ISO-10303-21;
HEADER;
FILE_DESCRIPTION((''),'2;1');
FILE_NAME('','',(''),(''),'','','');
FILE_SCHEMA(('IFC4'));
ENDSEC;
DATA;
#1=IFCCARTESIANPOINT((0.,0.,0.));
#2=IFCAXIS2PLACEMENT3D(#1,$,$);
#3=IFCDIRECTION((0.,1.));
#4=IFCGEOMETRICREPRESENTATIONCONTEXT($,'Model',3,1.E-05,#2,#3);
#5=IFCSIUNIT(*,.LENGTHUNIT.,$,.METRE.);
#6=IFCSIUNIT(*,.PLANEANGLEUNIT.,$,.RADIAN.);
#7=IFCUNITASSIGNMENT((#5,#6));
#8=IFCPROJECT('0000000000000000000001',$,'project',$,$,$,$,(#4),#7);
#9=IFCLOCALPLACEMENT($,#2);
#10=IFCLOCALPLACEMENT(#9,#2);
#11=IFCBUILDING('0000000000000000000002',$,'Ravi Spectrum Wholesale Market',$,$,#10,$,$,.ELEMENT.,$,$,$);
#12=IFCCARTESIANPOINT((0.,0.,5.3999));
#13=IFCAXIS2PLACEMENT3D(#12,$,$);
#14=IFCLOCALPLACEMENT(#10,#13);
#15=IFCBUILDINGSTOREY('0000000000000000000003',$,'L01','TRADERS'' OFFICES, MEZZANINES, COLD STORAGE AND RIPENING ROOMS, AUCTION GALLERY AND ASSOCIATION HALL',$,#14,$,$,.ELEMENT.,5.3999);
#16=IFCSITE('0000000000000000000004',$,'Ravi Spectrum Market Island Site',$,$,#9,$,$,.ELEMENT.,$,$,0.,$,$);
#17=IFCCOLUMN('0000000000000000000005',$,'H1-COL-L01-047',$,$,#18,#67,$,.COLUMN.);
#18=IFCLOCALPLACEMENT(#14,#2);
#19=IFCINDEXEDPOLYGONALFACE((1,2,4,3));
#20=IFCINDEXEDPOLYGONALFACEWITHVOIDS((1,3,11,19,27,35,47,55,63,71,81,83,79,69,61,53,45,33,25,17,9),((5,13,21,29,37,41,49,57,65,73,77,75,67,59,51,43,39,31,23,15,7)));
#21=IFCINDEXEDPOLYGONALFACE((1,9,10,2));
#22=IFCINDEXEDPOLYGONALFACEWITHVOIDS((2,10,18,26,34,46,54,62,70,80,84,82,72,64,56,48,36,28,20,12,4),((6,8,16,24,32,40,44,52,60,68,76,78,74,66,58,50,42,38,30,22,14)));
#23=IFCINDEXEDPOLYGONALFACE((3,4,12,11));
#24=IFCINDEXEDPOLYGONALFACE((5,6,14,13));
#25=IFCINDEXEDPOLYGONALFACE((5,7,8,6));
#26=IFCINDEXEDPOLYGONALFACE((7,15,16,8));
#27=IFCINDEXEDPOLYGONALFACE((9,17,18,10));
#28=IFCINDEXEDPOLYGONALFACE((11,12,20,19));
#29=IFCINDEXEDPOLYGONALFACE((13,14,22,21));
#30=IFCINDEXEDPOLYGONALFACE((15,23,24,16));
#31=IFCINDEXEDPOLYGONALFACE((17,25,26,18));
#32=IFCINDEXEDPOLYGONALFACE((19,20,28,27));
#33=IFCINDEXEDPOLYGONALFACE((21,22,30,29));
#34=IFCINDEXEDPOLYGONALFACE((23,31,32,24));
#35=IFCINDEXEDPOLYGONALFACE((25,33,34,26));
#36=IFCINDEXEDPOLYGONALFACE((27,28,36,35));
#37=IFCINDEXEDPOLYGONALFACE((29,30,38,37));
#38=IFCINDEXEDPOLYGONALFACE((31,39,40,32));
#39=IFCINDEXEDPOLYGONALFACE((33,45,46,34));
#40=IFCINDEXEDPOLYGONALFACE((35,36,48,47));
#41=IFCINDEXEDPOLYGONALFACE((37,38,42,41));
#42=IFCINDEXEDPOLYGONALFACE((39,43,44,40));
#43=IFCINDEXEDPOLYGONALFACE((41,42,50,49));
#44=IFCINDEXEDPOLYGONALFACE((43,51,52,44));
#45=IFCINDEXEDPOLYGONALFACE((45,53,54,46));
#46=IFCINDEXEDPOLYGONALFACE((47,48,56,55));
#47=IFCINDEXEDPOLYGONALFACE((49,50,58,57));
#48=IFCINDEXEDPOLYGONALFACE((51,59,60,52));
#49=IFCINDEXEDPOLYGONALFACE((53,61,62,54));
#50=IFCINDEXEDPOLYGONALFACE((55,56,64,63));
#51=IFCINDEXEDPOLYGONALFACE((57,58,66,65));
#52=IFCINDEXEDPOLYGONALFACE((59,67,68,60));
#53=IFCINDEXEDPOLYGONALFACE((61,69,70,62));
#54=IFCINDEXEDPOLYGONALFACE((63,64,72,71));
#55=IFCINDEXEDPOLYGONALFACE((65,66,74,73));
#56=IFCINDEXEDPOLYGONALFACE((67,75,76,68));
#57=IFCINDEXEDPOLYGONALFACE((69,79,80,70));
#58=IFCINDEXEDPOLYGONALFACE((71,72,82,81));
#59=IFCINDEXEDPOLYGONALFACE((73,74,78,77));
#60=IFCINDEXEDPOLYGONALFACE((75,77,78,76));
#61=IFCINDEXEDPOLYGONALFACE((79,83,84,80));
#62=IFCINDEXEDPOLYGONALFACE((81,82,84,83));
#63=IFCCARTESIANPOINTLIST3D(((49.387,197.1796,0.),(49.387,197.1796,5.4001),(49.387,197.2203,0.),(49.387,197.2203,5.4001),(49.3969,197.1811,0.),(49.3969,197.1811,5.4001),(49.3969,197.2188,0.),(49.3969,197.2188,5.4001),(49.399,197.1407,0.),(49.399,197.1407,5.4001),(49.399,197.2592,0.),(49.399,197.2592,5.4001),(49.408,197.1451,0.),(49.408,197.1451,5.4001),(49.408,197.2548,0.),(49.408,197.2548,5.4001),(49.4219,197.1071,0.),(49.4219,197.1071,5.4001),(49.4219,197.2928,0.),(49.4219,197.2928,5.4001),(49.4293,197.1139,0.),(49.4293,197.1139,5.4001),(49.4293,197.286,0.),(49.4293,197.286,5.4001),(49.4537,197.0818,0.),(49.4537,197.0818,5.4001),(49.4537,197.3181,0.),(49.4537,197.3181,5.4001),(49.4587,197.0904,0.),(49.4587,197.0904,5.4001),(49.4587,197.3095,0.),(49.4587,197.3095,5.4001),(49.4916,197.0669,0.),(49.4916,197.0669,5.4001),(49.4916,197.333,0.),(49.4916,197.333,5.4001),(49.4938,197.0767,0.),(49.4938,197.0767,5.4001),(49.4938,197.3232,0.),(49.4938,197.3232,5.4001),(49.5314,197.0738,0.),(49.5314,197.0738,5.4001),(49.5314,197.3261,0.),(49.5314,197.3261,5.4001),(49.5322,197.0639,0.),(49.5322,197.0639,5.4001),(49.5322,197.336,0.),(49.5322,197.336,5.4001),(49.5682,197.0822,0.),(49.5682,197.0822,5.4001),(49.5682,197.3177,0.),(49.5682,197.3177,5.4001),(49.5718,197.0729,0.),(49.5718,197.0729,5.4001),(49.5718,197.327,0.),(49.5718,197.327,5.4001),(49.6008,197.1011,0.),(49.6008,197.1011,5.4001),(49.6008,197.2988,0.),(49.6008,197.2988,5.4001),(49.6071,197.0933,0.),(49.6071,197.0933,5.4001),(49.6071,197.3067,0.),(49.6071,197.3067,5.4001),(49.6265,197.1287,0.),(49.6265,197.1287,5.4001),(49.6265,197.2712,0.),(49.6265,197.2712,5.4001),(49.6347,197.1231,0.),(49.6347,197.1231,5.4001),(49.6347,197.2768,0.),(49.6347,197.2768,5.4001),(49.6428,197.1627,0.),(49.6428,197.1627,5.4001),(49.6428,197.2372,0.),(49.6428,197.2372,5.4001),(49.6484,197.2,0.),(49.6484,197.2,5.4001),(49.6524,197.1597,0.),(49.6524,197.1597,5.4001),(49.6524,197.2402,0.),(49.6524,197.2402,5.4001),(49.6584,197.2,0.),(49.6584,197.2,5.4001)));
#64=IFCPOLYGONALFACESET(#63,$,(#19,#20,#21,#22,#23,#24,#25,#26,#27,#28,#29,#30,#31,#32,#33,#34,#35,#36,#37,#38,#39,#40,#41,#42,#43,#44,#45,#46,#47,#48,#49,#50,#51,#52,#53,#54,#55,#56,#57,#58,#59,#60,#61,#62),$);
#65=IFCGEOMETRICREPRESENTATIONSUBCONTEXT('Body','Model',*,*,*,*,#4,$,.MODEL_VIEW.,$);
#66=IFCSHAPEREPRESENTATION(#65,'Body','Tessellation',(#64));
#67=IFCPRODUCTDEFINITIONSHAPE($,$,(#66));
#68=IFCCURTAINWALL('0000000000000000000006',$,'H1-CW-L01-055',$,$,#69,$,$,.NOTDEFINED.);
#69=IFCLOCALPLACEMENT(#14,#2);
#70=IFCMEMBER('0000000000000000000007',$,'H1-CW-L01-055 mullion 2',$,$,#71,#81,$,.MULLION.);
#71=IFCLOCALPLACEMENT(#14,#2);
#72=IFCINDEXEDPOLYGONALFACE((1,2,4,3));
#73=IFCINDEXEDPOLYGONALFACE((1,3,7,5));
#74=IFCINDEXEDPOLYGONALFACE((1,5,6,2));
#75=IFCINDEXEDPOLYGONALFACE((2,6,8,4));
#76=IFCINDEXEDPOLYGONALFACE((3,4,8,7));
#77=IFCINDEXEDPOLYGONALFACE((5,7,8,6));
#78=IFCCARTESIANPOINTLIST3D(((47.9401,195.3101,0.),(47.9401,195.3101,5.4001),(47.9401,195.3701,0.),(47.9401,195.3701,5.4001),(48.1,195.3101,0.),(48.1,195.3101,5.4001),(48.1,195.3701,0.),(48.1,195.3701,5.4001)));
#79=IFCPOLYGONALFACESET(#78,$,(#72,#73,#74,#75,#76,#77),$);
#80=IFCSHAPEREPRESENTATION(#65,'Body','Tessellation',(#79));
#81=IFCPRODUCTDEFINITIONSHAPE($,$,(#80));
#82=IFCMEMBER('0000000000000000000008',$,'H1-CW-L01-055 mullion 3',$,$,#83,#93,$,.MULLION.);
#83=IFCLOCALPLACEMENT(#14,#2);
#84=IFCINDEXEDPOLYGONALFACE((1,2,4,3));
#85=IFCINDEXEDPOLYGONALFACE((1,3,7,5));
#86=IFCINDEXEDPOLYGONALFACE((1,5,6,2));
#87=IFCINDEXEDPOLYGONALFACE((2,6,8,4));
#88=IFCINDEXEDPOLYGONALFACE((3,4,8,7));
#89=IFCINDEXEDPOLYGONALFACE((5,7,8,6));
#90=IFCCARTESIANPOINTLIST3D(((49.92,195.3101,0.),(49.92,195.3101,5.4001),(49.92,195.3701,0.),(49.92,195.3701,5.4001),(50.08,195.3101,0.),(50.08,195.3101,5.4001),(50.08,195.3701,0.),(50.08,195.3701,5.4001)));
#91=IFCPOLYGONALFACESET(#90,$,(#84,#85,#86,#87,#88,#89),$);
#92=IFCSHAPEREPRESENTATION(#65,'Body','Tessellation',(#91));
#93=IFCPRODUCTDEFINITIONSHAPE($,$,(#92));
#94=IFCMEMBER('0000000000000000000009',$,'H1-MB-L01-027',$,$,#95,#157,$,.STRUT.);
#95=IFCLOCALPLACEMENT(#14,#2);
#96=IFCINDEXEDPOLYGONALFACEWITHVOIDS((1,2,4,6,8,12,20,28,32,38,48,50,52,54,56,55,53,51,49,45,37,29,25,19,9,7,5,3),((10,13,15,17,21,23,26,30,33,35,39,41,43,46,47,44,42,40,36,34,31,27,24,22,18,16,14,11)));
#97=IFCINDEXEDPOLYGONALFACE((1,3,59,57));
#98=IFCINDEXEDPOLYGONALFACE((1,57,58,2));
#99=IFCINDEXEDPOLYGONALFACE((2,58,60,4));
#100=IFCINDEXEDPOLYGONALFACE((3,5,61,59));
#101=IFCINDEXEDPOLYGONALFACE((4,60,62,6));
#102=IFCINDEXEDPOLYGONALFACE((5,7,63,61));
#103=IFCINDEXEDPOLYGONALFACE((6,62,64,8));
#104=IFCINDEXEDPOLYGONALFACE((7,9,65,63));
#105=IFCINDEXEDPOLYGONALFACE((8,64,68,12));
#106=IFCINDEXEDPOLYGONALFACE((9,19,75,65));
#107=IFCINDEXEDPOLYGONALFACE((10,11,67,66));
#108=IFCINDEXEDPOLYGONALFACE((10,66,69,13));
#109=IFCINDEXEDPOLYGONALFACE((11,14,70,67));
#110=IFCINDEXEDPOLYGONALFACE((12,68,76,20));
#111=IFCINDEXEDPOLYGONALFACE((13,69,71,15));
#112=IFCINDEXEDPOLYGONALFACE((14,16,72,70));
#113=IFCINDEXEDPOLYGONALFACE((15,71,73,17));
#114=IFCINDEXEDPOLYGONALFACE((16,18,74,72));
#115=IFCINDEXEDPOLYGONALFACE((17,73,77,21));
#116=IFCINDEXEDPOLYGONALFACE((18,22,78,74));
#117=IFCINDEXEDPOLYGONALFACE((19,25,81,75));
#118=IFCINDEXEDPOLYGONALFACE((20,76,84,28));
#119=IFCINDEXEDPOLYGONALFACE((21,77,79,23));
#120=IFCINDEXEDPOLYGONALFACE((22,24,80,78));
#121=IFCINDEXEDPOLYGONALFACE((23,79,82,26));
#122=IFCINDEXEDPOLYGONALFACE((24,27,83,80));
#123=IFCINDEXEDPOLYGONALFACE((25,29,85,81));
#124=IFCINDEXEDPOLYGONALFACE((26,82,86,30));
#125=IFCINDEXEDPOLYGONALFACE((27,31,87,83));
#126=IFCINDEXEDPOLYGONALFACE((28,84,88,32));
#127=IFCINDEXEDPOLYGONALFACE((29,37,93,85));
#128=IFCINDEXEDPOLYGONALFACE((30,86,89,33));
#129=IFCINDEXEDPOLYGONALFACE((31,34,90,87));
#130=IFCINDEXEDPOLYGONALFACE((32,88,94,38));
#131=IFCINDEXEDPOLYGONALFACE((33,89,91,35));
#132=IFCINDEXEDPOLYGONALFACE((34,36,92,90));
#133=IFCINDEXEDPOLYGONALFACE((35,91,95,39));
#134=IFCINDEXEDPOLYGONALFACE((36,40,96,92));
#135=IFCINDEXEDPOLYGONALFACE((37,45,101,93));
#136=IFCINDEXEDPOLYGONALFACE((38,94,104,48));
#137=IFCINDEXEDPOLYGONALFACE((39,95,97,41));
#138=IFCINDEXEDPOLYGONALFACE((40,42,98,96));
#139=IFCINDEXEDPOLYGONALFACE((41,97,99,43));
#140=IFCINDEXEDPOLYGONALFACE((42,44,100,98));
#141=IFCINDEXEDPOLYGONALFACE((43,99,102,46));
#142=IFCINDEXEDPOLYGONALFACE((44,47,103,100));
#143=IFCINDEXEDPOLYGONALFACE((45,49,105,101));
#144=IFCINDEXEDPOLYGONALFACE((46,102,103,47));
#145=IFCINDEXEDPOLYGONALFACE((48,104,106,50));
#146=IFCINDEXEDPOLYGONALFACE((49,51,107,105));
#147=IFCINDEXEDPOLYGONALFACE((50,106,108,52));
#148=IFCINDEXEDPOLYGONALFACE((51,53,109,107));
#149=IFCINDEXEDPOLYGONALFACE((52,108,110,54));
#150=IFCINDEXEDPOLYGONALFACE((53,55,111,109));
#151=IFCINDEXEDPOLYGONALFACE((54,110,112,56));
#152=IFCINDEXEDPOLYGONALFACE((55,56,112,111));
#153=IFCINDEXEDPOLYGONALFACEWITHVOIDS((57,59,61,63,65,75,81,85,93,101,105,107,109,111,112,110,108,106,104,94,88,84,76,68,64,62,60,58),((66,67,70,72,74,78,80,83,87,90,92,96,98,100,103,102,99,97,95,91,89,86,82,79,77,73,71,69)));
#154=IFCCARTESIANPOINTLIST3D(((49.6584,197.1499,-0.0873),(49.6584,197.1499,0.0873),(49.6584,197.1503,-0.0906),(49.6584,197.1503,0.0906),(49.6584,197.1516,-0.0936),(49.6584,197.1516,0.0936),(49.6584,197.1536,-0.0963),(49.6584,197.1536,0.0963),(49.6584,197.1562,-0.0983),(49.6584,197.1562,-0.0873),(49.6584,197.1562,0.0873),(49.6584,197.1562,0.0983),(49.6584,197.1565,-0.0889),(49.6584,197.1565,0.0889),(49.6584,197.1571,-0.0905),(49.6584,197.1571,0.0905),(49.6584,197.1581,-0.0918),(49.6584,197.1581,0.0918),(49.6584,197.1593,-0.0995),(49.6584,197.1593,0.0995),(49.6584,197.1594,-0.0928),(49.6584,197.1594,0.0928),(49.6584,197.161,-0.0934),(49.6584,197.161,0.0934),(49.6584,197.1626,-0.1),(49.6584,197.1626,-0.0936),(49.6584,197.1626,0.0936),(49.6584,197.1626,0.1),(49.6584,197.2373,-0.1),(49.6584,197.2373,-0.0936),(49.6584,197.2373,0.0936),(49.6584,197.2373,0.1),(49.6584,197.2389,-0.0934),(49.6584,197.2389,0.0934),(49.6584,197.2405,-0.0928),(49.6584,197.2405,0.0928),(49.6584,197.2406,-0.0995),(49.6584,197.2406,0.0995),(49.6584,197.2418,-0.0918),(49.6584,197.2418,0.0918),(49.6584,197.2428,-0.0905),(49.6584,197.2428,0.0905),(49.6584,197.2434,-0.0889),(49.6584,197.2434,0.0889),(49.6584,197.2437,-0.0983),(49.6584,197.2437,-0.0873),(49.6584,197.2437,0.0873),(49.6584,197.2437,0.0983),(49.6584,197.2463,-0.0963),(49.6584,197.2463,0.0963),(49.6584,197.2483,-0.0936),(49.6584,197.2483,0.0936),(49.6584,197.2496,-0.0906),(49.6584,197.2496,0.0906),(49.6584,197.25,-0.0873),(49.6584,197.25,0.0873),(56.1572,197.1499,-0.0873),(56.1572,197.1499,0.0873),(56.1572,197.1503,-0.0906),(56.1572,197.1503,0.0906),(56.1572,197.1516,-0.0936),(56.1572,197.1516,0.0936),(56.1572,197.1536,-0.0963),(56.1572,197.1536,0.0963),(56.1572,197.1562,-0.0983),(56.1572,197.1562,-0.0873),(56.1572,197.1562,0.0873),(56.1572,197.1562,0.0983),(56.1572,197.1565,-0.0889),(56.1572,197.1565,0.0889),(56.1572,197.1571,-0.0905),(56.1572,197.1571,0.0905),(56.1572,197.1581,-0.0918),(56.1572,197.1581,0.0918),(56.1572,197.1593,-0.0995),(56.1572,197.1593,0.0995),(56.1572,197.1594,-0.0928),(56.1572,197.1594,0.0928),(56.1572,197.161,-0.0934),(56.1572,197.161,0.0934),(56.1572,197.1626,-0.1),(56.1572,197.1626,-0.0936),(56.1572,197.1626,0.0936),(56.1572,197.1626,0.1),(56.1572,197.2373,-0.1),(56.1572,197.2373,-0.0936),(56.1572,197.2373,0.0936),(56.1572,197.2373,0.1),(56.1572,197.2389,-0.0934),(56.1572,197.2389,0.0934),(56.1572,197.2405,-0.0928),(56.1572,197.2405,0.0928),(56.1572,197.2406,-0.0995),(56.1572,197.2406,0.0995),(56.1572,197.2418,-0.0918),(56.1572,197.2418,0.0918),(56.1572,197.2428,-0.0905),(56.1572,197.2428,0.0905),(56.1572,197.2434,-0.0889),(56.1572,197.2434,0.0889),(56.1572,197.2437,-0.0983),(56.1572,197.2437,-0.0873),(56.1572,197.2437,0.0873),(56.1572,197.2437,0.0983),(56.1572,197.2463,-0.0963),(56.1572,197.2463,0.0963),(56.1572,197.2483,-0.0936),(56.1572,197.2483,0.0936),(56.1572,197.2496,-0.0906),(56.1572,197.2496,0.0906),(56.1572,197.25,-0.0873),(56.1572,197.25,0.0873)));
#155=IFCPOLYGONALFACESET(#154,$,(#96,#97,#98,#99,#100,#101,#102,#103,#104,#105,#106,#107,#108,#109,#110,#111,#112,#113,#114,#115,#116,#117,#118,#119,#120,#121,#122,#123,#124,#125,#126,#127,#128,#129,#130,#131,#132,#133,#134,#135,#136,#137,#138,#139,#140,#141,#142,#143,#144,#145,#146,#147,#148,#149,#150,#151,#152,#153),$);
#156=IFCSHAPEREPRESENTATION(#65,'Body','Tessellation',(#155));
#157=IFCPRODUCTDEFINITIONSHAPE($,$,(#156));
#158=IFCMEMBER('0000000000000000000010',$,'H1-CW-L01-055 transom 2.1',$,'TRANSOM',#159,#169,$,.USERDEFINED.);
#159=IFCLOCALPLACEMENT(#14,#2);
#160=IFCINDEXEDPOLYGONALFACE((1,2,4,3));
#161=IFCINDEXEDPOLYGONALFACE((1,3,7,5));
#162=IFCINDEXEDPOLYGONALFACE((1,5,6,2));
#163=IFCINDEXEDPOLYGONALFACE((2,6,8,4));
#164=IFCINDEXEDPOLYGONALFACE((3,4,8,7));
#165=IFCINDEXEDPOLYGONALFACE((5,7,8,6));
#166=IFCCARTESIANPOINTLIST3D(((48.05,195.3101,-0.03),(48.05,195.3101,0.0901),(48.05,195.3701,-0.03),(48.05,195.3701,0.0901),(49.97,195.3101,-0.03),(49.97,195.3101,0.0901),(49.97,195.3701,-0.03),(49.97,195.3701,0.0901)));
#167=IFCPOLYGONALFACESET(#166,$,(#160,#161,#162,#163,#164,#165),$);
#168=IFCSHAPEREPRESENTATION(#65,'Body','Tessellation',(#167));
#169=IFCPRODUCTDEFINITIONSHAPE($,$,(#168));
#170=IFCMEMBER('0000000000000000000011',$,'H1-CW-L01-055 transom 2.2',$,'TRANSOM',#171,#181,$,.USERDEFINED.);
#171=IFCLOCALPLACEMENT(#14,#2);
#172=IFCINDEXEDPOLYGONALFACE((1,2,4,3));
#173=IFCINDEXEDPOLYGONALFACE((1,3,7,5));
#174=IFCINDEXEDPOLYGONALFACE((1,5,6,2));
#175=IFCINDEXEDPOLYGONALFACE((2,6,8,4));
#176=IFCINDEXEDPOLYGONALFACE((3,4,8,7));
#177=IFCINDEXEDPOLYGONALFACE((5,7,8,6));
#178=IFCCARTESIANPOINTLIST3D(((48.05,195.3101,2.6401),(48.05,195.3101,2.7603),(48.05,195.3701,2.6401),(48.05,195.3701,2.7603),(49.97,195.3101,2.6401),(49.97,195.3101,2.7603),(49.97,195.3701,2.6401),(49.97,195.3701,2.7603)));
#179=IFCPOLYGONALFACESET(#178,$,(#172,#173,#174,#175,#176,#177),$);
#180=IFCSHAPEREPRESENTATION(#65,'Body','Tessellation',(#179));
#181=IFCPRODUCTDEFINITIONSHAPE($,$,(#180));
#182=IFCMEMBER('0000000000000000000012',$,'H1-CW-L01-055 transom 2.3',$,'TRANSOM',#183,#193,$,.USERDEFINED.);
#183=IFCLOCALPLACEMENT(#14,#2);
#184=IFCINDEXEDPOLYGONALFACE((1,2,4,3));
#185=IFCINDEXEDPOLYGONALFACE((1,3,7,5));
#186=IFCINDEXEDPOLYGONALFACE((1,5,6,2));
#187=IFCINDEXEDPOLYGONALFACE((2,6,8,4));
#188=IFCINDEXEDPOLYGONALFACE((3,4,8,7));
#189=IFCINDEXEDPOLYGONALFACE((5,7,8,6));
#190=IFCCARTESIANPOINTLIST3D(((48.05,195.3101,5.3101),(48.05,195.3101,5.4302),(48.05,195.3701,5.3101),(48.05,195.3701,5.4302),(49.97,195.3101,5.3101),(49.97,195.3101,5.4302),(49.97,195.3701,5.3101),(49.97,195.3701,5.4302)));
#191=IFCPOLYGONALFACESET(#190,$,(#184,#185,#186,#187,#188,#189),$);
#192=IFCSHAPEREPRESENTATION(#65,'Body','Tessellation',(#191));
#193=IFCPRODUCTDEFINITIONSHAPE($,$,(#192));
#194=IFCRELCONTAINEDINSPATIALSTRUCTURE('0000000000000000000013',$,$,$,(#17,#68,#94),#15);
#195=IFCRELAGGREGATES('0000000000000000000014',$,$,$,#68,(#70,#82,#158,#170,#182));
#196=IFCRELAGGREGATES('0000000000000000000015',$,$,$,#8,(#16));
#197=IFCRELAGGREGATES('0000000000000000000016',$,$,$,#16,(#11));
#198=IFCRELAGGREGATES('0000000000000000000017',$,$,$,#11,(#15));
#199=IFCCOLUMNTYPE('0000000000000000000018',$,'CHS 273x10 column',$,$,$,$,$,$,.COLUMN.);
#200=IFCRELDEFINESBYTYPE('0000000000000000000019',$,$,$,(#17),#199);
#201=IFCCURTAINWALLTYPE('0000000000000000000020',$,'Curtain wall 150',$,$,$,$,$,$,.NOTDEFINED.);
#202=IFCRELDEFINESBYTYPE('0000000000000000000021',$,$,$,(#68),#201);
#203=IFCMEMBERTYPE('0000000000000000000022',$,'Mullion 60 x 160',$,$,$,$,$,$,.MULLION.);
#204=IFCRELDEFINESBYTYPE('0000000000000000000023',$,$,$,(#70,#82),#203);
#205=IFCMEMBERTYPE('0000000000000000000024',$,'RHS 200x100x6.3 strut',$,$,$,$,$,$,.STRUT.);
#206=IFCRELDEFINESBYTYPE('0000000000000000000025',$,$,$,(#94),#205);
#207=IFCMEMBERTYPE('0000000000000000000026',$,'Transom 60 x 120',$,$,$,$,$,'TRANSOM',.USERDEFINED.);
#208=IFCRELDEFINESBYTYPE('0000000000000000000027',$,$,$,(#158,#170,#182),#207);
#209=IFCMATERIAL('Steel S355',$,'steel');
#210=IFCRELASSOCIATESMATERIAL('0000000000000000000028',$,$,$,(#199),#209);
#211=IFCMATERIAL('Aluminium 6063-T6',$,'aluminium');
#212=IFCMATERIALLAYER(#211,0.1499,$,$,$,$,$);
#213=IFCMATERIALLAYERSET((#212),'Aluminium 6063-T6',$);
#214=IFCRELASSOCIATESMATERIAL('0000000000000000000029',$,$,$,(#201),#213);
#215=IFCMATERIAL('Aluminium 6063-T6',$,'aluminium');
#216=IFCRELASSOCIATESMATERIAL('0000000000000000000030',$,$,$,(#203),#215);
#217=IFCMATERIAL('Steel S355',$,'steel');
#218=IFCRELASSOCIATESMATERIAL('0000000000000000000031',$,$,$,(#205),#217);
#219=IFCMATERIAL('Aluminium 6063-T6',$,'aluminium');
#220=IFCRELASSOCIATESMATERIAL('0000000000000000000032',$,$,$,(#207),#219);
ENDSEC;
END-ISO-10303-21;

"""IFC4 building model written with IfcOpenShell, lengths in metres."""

from ifc_helpers import new_model, si_unit, direction, frame, origin, origin_2d, place, context, subcontext, project, spatial, rectangle, hollow_rectangle, hollow_circle, extrude, material, layer, layer_set, material_profile, profile_set, type_object, element, aggregate, save


model = new_model("IFC4")

# Units and contexts
model_context = context("Model", 3, precision=1e-05, world=origin(), true_north=direction((0.0, 1.0)))
body_context = subcontext(model_context, "Body", "Model", "MODEL_VIEW")
ifc_project = project(units=[si_unit("LENGTHUNIT", "METRE"), si_unit("PLANEANGLEUNIT", "RADIAN")], contexts=[model_context])

# Site, building, storey
site_placement = place(None, origin())
site = spatial("IfcSite", under=ifc_project, at=site_placement, Name="Ravi Spectrum Market Island Site", CompositionType="ELEMENT", RefElevation=0.0)
building_placement = place(site_placement, origin())
building = spatial("IfcBuilding", under=site, at=building_placement, Name="Ravi Spectrum Wholesale Market", CompositionType="ELEMENT")
storey_placement = place(building_placement, frame((0.0, 0.0, 5.3999)))
storey = spatial("IfcBuildingStorey", under=building, at=storey_placement, Name="L01", Description="TRADERS' OFFICES, MEZZANINES, COLD STORAGE AND RIPENING ROOMS, AUCTION GALLERY AND ASSOCIATION HALL", CompositionType="ELEMENT", Elevation=5.3999)

# Column
ifc_material_1 = material(Name="Steel S355", Category="steel")
ifc_material_profile_1 = material_profile(ifc_material_1, hollow_circle(Radius=0.1365, WallThickness=0.01, at=origin_2d()))
ifc_profile_set_1 = profile_set([ifc_material_profile_1], Name="Steel S355")
column_type = type_object("IfcColumnType", Name="CHS 273x10 column", PredefinedType="COLUMN", material=ifc_profile_set_1)
column_placement = place(storey_placement, frame((49.522, 197.2, 0.0), z_axis=(0.0, 0.0, 1.0), x_axis=(1.0, 0.0, 0.0)))
element("IfcColumn", 1, at=column_placement, inside=storey, type_object=column_type, Name="H1-COL-L01-047", PredefinedType="COLUMN", context=body_context, shape_type="SweptSolid", body=[
    extrude(hollow_circle(Radius=0.1365, WallThickness=0.01, at=origin_2d()), origin(), (0.0, 0.0, 1.0), 5.4001),
])

# Curtain wall, members
ifc_material_2 = material(Name="Aluminium 6063-T6", Category="aluminium")
ifc_layer_1 = layer(ifc_material_2, 0.1499)
ifc_layer_set_1 = layer_set([ifc_layer_1], Name="Aluminium 6063-T6")
curtain_wall_type = type_object("IfcCurtainWallType", Name="Curtain wall 150", PredefinedType="NOTDEFINED", material=ifc_layer_set_1)
curtain_wall_placement = place(storey_placement, origin())
curtain_wall = element("IfcCurtainWall", 2, at=curtain_wall_placement, inside=storey, type_object=curtain_wall_type, Name="H1-CW-L01-055", PredefinedType="NOTDEFINED")
ifc_material_3 = material(Name="Aluminium 6063-T6", Category="aluminium")
ifc_material_profile_2 = material_profile(ifc_material_3, rectangle(XDim=0.0601, YDim=0.1599, at=origin_2d()))
ifc_profile_set_2 = profile_set([ifc_material_profile_2], Name="Aluminium 6063-T6")
member_type_1 = type_object("IfcMemberType", Name="Mullion 60 x 160", PredefinedType="MULLION", material=ifc_profile_set_2)
member_1_placement = place(storey_placement, frame((48.02, 195.3401, 0.0), z_axis=(0.0, 0.0, 1.0), x_axis=(0.0, 1.0, 0.0)))
member_1 = element("IfcMember", 3, at=member_1_placement, type_object=member_type_1, Name="H1-CW-L01-055 mullion 2", PredefinedType="MULLION", context=body_context, shape_type="SweptSolid", body=[
    extrude(rectangle(XDim=0.0601, YDim=0.1599, at=origin_2d()), origin(), (0.0, 0.0, 1.0), 5.4001),
])
member_2_placement = place(storey_placement, frame((50.0, 195.3401, 0.0), z_axis=(0.0, 0.0, 1.0), x_axis=(0.0, 1.0, 0.0)))
member_2 = element("IfcMember", 4, at=member_2_placement, type_object=member_type_1, Name="H1-CW-L01-055 mullion 3", PredefinedType="MULLION", context=body_context, shape_type="SweptSolid", body=[
    extrude(rectangle(XDim=0.0601, YDim=0.1599, at=origin_2d()), origin(), (0.0, 0.0, 1.0), 5.4001),
])

# Members
ifc_material_4 = material(Name="Steel S355", Category="steel")
ifc_material_profile_3 = material_profile(ifc_material_4, hollow_rectangle(XDim=0.1001, YDim=0.2, WallThickness=0.0063, InnerFilletRadius=0.0063, OuterFilletRadius=0.0127, at=origin_2d()))
ifc_profile_set_3 = profile_set([ifc_material_profile_3], Name="Steel S355")
member_type_2 = type_object("IfcMemberType", Name="RHS 200x100x6.3 strut", PredefinedType="STRUT", material=ifc_profile_set_3)
member_3_placement = place(storey_placement, frame((49.6584, 197.2, 0.0), z_axis=(1.0, 0.0, 0.0), x_axis=(0.0, 1.0, 0.0)))
element("IfcMember", 5, at=member_3_placement, inside=storey, type_object=member_type_2, Name="H1-MB-L01-027", PredefinedType="STRUT", context=body_context, shape_type="SweptSolid", body=[
    extrude(hollow_rectangle(XDim=0.1001, YDim=0.2, WallThickness=0.0063, InnerFilletRadius=0.0063, OuterFilletRadius=0.0127, at=origin_2d()), origin(), (0.0, 0.0, 1.0), 6.4988),
])
ifc_material_5 = material(Name="Aluminium 6063-T6", Category="aluminium")
ifc_material_profile_4 = material_profile(ifc_material_5, rectangle(XDim=0.0601, YDim=0.1201, at=origin_2d()))
ifc_profile_set_4 = profile_set([ifc_material_profile_4], Name="Aluminium 6063-T6")
member_type_3 = type_object("IfcMemberType", Name="Transom 60 x 120", ElementType="TRANSOM", PredefinedType="USERDEFINED", material=ifc_profile_set_4)
member_4_placement = place(storey_placement, frame((48.05, 195.3401, 0.03), z_axis=(1.0, 0.0, 0.0), x_axis=(0.0, 1.0, 0.0)))
member_4 = element("IfcMember", 6, at=member_4_placement, type_object=member_type_3, Name="H1-CW-L01-055 transom 2.1", ObjectType="TRANSOM", PredefinedType="USERDEFINED", context=body_context, shape_type="SweptSolid", body=[
    extrude(rectangle(XDim=0.0601, YDim=0.1201, at=origin_2d()), origin(), (0.0, 0.0, 1.0), 1.9199),
])
member_5_placement = place(storey_placement, frame((48.05, 195.3401, 2.7002), z_axis=(1.0, 0.0, 0.0), x_axis=(0.0, 1.0, 0.0)))
member_5 = element("IfcMember", 7, at=member_5_placement, type_object=member_type_3, Name="H1-CW-L01-055 transom 2.2", ObjectType="TRANSOM", PredefinedType="USERDEFINED", context=body_context, shape_type="SweptSolid", body=[
    extrude(rectangle(XDim=0.0601, YDim=0.1201, at=origin_2d()), origin(), (0.0, 0.0, 1.0), 1.9199),
])
member_6_placement = place(storey_placement, frame((48.05, 195.3401, 5.3701), z_axis=(1.0, 0.0, 0.0), x_axis=(0.0, 1.0, 0.0)))
member_6 = element("IfcMember", 8, at=member_6_placement, type_object=member_type_3, Name="H1-CW-L01-055 transom 2.3", ObjectType="TRANSOM", PredefinedType="USERDEFINED", context=body_context, shape_type="SweptSolid", body=[
    extrude(rectangle(XDim=0.0601, YDim=0.1201, at=origin_2d()), origin(), (0.0, 0.0, 1.0), 1.9199),
])

aggregate(curtain_wall, [member_1, member_2, member_4, member_5, member_6])

save(model, "model.ifc")
